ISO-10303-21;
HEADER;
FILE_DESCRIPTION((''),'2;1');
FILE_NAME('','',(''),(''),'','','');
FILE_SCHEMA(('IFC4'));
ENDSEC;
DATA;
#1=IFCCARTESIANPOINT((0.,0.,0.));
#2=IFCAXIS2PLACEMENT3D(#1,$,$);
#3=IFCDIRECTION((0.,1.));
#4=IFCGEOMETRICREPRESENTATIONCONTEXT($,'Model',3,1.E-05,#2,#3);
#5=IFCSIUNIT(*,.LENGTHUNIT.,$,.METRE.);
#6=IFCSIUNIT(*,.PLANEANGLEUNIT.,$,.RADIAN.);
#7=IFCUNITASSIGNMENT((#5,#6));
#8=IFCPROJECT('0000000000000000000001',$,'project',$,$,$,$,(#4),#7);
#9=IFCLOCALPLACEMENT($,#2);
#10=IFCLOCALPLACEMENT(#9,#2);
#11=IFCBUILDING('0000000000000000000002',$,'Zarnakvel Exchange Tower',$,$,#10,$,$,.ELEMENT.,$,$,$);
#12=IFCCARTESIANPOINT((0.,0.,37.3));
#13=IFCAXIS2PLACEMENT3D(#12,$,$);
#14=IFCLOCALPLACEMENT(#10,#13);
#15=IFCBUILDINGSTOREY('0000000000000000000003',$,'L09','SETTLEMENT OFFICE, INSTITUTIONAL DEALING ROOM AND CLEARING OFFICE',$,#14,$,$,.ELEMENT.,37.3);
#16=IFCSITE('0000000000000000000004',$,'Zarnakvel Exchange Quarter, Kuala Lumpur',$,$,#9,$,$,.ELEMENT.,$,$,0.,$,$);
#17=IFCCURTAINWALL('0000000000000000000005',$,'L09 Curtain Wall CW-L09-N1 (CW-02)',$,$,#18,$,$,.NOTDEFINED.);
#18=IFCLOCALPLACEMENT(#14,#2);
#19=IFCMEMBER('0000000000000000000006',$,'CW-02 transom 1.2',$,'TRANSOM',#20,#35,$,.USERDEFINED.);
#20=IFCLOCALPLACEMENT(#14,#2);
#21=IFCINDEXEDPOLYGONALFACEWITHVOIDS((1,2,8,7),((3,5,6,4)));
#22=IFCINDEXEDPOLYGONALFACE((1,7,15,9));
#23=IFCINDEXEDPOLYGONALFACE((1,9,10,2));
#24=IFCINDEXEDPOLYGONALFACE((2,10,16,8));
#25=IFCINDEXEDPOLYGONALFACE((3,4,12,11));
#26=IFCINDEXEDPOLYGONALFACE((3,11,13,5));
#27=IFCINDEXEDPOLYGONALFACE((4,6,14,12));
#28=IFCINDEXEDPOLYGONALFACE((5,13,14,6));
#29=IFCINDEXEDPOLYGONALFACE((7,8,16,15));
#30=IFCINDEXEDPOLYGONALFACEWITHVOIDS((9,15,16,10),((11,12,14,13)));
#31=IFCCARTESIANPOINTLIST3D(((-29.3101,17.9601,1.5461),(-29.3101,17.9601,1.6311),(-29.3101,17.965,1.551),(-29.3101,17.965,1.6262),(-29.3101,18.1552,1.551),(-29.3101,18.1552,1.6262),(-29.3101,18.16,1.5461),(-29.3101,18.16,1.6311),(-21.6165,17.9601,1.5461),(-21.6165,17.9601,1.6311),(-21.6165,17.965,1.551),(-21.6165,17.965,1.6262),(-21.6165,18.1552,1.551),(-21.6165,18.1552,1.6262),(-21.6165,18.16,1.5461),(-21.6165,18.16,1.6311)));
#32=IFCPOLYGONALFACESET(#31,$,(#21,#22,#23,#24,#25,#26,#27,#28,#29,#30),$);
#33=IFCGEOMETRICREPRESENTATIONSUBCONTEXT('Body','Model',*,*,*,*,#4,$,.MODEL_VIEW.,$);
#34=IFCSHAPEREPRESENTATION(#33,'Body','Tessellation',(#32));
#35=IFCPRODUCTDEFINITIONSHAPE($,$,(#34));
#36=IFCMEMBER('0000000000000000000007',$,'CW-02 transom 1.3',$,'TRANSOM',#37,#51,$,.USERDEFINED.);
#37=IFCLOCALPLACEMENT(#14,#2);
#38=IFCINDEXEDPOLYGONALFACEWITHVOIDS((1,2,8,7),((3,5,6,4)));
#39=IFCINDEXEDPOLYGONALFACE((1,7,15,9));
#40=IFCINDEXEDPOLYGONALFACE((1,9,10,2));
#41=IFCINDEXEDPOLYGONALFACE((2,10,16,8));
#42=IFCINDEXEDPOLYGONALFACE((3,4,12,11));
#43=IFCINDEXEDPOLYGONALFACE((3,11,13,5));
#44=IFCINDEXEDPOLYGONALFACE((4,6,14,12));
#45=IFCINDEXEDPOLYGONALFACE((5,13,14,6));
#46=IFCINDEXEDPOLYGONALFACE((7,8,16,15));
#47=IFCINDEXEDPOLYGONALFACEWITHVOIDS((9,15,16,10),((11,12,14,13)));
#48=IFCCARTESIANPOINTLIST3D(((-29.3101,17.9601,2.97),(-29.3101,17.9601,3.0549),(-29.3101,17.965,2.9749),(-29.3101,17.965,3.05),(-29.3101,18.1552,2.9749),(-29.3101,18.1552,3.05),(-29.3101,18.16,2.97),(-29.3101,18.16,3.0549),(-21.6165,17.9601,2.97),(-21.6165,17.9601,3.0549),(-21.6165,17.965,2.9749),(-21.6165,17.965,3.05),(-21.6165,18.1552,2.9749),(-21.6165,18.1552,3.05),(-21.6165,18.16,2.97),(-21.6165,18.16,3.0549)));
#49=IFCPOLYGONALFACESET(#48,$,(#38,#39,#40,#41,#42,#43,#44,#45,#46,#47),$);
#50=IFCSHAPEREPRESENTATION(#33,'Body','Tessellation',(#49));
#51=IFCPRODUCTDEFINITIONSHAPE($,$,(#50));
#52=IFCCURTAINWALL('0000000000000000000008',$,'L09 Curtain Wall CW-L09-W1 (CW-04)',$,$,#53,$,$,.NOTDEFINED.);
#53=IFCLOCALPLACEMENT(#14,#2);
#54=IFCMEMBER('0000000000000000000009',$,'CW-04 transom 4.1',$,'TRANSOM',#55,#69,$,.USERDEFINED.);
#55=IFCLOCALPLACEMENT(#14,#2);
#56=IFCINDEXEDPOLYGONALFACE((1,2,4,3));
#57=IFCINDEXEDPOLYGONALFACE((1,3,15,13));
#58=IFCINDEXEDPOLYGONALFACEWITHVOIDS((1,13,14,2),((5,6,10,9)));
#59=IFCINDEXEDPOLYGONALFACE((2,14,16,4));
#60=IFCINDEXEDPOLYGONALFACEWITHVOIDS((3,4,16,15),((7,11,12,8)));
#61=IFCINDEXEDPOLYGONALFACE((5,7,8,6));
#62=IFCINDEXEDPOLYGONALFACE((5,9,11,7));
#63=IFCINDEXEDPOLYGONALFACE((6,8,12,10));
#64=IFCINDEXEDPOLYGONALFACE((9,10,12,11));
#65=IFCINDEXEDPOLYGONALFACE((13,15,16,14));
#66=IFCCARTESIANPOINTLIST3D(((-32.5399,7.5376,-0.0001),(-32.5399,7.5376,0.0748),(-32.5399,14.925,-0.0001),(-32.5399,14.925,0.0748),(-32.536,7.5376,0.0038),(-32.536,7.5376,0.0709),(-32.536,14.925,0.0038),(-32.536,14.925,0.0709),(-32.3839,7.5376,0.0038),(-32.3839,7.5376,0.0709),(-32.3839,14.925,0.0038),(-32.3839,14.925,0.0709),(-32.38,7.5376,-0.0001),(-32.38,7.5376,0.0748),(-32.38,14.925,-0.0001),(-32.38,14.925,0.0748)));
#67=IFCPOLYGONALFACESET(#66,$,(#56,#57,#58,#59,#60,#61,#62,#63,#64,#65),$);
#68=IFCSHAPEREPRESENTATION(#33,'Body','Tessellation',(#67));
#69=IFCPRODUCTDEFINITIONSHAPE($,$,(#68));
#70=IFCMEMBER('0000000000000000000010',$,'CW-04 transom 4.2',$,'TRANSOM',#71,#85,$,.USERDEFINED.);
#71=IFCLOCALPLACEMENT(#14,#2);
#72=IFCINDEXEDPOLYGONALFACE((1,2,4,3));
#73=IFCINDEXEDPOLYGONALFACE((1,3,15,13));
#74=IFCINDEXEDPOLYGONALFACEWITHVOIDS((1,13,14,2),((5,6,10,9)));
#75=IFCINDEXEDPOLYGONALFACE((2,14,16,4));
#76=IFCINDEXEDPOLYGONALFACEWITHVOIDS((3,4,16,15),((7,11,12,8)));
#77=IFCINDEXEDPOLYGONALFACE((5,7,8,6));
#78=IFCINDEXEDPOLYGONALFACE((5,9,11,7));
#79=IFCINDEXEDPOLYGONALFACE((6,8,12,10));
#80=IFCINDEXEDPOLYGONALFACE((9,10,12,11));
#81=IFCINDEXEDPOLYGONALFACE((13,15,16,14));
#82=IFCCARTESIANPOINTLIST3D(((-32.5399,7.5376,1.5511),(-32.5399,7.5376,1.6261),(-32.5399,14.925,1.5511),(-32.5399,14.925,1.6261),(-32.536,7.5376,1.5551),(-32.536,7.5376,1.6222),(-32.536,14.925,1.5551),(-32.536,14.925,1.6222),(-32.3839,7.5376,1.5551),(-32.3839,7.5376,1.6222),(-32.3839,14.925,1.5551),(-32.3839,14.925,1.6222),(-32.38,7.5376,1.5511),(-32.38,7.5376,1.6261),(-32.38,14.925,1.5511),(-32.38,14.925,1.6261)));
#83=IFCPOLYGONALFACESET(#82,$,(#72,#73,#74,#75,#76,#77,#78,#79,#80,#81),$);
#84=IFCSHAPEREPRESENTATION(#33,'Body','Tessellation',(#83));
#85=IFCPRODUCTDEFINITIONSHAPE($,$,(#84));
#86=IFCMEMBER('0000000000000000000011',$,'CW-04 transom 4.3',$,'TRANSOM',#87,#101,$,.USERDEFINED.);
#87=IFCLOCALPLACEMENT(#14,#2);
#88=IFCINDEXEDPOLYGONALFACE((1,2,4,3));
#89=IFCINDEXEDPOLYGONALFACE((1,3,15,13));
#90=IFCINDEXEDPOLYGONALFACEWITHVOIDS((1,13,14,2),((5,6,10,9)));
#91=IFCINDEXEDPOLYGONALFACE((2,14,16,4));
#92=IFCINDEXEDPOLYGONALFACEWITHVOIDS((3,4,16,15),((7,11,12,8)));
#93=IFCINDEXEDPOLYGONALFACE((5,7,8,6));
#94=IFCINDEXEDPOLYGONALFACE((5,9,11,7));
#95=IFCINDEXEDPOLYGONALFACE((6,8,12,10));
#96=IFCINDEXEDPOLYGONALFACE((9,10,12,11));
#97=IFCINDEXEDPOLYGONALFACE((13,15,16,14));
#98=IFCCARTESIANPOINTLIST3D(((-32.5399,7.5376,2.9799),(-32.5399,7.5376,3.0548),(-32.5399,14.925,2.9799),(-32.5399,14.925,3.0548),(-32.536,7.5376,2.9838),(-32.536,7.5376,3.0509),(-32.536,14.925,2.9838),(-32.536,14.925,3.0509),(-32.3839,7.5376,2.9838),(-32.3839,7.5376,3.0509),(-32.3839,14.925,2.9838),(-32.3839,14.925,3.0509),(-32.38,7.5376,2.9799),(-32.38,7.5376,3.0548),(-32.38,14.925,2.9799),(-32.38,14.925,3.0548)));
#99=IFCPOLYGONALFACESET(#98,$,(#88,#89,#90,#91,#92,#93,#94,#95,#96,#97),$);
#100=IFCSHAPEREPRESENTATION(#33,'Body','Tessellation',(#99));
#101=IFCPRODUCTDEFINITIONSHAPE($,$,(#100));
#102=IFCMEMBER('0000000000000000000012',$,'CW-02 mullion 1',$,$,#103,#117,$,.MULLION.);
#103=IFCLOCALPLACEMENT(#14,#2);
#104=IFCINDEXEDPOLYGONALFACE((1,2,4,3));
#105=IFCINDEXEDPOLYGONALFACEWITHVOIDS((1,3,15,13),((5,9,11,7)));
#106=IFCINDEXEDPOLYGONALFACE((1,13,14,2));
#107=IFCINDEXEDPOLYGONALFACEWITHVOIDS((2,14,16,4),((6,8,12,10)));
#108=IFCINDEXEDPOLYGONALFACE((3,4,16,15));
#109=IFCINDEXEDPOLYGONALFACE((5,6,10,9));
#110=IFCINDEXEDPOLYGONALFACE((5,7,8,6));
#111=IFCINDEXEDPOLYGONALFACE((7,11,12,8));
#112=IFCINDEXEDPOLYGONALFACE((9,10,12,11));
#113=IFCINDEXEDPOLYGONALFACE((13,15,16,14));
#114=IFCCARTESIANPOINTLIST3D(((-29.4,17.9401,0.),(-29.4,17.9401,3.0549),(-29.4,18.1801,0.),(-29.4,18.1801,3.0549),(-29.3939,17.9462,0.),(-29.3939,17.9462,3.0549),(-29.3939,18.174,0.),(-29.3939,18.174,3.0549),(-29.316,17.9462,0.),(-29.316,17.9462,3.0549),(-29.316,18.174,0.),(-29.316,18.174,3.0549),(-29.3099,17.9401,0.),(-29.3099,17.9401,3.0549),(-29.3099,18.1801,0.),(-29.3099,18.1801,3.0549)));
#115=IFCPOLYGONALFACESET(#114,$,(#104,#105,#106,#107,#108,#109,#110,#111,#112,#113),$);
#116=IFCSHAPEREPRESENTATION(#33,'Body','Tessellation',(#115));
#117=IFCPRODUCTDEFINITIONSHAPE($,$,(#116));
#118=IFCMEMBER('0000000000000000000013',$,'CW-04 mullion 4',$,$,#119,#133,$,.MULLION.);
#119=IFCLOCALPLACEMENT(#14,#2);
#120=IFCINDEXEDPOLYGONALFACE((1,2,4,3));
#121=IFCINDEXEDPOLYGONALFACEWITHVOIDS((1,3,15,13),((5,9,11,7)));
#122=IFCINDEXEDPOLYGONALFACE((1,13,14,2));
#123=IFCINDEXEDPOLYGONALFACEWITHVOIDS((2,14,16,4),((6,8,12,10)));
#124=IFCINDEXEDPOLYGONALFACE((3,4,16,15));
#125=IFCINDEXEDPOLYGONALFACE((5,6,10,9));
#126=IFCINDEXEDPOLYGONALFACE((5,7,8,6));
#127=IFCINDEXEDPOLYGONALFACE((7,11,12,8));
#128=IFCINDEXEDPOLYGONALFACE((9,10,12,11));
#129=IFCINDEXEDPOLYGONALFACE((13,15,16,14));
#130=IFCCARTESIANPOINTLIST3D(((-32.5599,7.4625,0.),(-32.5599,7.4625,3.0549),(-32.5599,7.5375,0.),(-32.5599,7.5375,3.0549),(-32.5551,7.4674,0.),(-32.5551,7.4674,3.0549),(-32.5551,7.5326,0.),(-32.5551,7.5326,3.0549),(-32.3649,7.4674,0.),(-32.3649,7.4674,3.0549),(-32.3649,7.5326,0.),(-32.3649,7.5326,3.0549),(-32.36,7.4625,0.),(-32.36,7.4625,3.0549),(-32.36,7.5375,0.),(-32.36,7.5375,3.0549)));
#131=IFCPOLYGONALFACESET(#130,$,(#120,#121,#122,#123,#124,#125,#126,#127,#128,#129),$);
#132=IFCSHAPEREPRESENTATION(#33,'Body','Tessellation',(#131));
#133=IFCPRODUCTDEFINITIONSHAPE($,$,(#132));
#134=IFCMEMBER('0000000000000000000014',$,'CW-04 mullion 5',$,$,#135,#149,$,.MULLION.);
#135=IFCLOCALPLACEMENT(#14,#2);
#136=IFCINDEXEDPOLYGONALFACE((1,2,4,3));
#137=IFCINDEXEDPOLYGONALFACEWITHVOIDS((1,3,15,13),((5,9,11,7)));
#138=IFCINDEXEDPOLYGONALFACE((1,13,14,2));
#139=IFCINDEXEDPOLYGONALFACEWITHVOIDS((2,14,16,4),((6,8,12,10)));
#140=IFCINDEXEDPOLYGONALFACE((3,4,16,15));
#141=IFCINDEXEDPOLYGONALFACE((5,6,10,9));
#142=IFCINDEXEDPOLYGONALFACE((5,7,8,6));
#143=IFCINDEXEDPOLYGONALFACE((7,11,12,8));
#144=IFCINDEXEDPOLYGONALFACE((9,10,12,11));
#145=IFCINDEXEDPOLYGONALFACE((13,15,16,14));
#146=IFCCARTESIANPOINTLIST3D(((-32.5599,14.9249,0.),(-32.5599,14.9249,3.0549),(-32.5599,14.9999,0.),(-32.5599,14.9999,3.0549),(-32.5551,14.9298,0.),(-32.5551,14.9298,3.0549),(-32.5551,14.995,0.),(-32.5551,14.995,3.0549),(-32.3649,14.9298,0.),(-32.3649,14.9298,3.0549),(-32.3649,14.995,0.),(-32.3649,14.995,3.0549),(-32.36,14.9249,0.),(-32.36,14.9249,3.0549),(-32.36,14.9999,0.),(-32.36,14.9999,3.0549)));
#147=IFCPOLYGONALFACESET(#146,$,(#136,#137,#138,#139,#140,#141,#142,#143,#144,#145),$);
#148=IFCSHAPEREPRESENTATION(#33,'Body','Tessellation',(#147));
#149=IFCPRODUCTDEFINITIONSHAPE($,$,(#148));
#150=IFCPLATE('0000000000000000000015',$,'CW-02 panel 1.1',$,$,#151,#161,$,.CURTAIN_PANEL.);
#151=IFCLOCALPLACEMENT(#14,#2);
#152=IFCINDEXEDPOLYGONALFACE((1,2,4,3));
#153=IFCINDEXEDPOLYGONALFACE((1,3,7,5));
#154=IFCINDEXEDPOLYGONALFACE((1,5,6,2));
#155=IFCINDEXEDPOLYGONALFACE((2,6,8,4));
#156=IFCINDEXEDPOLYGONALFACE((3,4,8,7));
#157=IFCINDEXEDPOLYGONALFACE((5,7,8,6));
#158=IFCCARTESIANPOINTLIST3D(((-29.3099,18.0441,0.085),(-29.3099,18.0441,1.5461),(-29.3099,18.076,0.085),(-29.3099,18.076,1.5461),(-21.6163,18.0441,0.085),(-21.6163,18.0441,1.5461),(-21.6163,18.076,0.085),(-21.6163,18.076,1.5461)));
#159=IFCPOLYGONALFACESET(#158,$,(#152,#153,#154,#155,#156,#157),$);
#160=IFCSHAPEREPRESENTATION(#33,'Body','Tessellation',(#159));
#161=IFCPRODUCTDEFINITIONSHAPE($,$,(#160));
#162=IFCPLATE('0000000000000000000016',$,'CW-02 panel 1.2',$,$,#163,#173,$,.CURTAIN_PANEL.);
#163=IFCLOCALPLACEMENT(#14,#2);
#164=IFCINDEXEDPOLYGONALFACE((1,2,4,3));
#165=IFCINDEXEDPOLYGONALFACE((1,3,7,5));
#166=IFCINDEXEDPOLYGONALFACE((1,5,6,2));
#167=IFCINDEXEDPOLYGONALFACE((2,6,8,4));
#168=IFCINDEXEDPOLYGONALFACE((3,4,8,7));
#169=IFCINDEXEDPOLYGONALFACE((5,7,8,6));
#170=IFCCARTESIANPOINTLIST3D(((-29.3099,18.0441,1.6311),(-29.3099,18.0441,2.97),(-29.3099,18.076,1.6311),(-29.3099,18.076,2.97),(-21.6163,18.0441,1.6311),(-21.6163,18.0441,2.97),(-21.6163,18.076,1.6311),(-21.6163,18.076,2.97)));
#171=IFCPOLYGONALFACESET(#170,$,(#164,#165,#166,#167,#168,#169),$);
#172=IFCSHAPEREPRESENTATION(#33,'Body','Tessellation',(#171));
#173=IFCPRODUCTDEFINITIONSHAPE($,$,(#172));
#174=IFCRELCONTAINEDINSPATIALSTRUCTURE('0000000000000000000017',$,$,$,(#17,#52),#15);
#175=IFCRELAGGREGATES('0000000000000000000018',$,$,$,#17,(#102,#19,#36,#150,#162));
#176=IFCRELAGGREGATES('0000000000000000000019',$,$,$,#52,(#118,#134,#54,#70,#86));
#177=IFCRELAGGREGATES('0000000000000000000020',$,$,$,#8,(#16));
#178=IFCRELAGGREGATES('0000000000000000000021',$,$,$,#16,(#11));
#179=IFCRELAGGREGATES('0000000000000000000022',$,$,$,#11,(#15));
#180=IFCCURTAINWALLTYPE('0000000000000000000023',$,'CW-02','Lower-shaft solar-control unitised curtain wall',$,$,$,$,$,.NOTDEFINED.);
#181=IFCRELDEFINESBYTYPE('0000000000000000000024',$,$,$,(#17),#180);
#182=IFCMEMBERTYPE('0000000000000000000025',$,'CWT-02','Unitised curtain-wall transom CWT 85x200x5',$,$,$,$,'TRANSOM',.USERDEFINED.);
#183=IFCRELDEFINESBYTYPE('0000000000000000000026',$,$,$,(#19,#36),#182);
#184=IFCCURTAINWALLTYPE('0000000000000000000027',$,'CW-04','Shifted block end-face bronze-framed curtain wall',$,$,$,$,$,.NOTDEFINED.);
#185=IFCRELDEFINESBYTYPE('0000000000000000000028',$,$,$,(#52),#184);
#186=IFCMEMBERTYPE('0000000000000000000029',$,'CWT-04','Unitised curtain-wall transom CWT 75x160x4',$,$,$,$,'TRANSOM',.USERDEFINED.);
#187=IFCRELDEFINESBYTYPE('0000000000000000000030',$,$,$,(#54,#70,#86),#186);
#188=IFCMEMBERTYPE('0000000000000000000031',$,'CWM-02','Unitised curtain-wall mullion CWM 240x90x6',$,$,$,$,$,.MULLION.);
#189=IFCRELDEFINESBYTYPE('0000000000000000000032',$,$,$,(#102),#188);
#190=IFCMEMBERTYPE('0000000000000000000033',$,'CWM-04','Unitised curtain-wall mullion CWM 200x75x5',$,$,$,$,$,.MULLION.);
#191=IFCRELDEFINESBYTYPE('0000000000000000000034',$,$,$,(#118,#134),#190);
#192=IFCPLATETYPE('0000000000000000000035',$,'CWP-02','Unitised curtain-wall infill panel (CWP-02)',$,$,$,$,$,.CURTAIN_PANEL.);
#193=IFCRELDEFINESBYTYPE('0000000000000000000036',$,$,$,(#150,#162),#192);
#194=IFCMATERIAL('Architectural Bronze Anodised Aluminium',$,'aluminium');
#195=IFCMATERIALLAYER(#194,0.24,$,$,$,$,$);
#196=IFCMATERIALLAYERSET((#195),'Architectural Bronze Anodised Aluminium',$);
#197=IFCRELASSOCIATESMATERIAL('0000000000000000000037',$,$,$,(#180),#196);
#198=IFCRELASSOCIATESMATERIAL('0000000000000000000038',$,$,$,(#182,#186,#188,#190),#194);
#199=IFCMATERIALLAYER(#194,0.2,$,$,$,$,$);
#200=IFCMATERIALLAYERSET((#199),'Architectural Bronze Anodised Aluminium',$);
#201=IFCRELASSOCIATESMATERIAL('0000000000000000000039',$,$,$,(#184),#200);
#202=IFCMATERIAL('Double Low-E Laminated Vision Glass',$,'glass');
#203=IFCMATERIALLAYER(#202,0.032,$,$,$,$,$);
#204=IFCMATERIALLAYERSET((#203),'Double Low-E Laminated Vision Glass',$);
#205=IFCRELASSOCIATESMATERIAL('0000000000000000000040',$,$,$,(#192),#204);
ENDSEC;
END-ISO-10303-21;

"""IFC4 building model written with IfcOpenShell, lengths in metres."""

from ifc_helpers import new_model, si_unit, direction, frame, origin, origin_2d, place, context, subcontext, project, spatial, rectangle, hollow_rectangle, extrude, source, transform, mapped, material, layer, layer_set, material_profile, profile_set, type_object, element, aggregate, save


model = new_model("IFC4")

# Units and contexts
model_context = context("Model", 3, precision=1e-05, world=origin(), true_north=direction((0.0, 1.0)))
body_context = subcontext(model_context, "Body", "Model", "MODEL_VIEW")
ifc_project = project(units=[si_unit("LENGTHUNIT", "METRE"), si_unit("PLANEANGLEUNIT", "RADIAN")], contexts=[model_context])

# Site, building, storey
site_placement = place(None, origin())
site = spatial("IfcSite", under=ifc_project, at=site_placement, Name="Zarnakvel Exchange Quarter, Kuala Lumpur", CompositionType="ELEMENT", RefElevation=0.0)
building_placement = place(site_placement, origin())
building = spatial("IfcBuilding", under=site, at=building_placement, Name="Zarnakvel Exchange Tower", CompositionType="ELEMENT")
storey_placement = place(building_placement, frame((0.0, 0.0, 37.3)))
storey = spatial("IfcBuildingStorey", under=building, at=storey_placement, Name="L09", Description="SETTLEMENT OFFICE, INSTITUTIONAL DEALING ROOM AND CLEARING OFFICE", CompositionType="ELEMENT", Elevation=37.3)

# Curtain walls, members
ifc_material_1 = material(Name="Architectural Bronze Anodised Aluminium", Category="aluminium")
ifc_layer_1 = layer(ifc_material_1, 0.24)
ifc_layer_set_1 = layer_set([ifc_layer_1], Name="Architectural Bronze Anodised Aluminium")
curtain_wall_type_1 = type_object("IfcCurtainWallType", Name="CW-02", Description="Lower-shaft solar-control unitised curtain wall", PredefinedType="NOTDEFINED", material=ifc_layer_set_1)
curtain_wall_1_placement = place(storey_placement, origin())
curtain_wall_1 = element("IfcCurtainWall", 1, at=curtain_wall_1_placement, inside=storey, type_object=curtain_wall_type_1, Name="L09 Curtain Wall CW-L09-N1 (CW-02)", PredefinedType="NOTDEFINED")
ifc_material_profile_1 = material_profile(ifc_material_1, hollow_rectangle(XDim=0.2, YDim=0.085, WallThickness=0.0049, at=origin_2d()))
ifc_profile_set_1 = profile_set([ifc_material_profile_1], Name="Architectural Bronze Anodised Aluminium")
member_type_1 = type_object("IfcMemberType", Name="CWT-02", Description="Unitised curtain-wall transom CWT 85x200x5", ElementType="TRANSOM", PredefinedType="USERDEFINED", material=ifc_profile_set_1)
shared_shape_1 = source(origin(), body_context, "Body", "SweptSolid", [
    extrude(hollow_rectangle(XDim=0.2, YDim=0.085, WallThickness=0.0049, at=origin_2d()), origin(), (0.0, 0.0, 1.0), 7.6936),
])
member_1_placement = place(storey_placement, frame((-29.3101, 18.0601, 1.5886), z_axis=(1.0, 0.0, 0.0), x_axis=(0.0, 1.0, 0.0)))
member_1 = element("IfcMember", 2, at=member_1_placement, type_object=member_type_1, Name="CW-02 transom 1.2", ObjectType="TRANSOM", PredefinedType="USERDEFINED", context=body_context, shape_type="MappedRepresentation", body=[
    mapped(shared_shape_1, transform((0.0, 0.0, 0.0), x_axis=(1.0, 0.0, 0.0), y_axis=(0.0, 1.0, 0.0), z_axis=(0.0, 0.0, 1.0), scale=1.0)),
])
member_2_placement = place(storey_placement, frame((-29.3101, 18.0601, 3.0125), z_axis=(1.0, 0.0, 0.0), x_axis=(0.0, 1.0, 0.0)))
member_2 = element("IfcMember", 3, at=member_2_placement, type_object=member_type_1, Name="CW-02 transom 1.3", ObjectType="TRANSOM", PredefinedType="USERDEFINED", context=body_context, shape_type="MappedRepresentation", body=[
    mapped(shared_shape_1, transform((0.0, 0.0, 0.0), x_axis=(1.0, 0.0, 0.0), y_axis=(0.0, 1.0, 0.0), z_axis=(0.0, 0.0, 1.0), scale=1.0)),
])
ifc_layer_2 = layer(ifc_material_1, 0.2)
ifc_layer_set_2 = layer_set([ifc_layer_2], Name="Architectural Bronze Anodised Aluminium")
curtain_wall_type_2 = type_object("IfcCurtainWallType", Name="CW-04", Description="Shifted block end-face bronze-framed curtain wall", PredefinedType="NOTDEFINED", material=ifc_layer_set_2)
curtain_wall_2_placement = place(storey_placement, origin())
curtain_wall_2 = element("IfcCurtainWall", 4, at=curtain_wall_2_placement, inside=storey, type_object=curtain_wall_type_2, Name="L09 Curtain Wall CW-L09-W1 (CW-04)", PredefinedType="NOTDEFINED")
ifc_material_profile_2 = material_profile(ifc_material_1, hollow_rectangle(XDim=0.1599, YDim=0.075, WallThickness=0.0039, at=origin_2d()))
ifc_profile_set_2 = profile_set([ifc_material_profile_2], Name="Architectural Bronze Anodised Aluminium")
member_type_2 = type_object("IfcMemberType", Name="CWT-04", Description="Unitised curtain-wall transom CWT 75x160x4", ElementType="TRANSOM", PredefinedType="USERDEFINED", material=ifc_profile_set_2)
shared_shape_2 = source(origin(), body_context, "Body", "SweptSolid", [
    extrude(hollow_rectangle(XDim=0.1599, YDim=0.075, WallThickness=0.0039, at=origin_2d()), origin(), (0.0, 0.0, 1.0), 7.3875),
])
member_3_placement = place(storey_placement, frame((-32.46, 7.5376, 0.0374), z_axis=(0.0, 1.0, 0.0), x_axis=(-1.0, 0.0, 0.0)))
member_3 = element("IfcMember", 5, at=member_3_placement, type_object=member_type_2, Name="CW-04 transom 4.1", ObjectType="TRANSOM", PredefinedType="USERDEFINED", context=body_context, shape_type="MappedRepresentation", body=[
    mapped(shared_shape_2, transform((0.0, 0.0, 0.0), x_axis=(1.0, 0.0, 0.0), y_axis=(0.0, 1.0, 0.0), z_axis=(0.0, 0.0, 1.0), scale=1.0)),
])
member_4_placement = place(storey_placement, frame((-32.46, 7.5376, 1.5886), z_axis=(0.0, 1.0, 0.0), x_axis=(-1.0, 0.0, 0.0)))
member_4 = element("IfcMember", 6, at=member_4_placement, type_object=member_type_2, Name="CW-04 transom 4.2", ObjectType="TRANSOM", PredefinedType="USERDEFINED", context=body_context, shape_type="MappedRepresentation", body=[
    mapped(shared_shape_2, transform((0.0, 0.0, 0.0), x_axis=(1.0, 0.0, 0.0), y_axis=(0.0, 1.0, 0.0), z_axis=(0.0, 0.0, 1.0), scale=1.0)),
])
member_5_placement = place(storey_placement, frame((-32.46, 7.5376, 3.0173), z_axis=(0.0, 1.0, 0.0), x_axis=(-1.0, 0.0, 0.0)))
member_5 = element("IfcMember", 7, at=member_5_placement, type_object=member_type_2, Name="CW-04 transom 4.3", ObjectType="TRANSOM", PredefinedType="USERDEFINED", context=body_context, shape_type="MappedRepresentation", body=[
    mapped(shared_shape_2, transform((0.0, 0.0, 0.0), x_axis=(1.0, 0.0, 0.0), y_axis=(0.0, 1.0, 0.0), z_axis=(0.0, 0.0, 1.0), scale=1.0)),
])

# Members
ifc_material_profile_3 = material_profile(ifc_material_1, hollow_rectangle(XDim=0.24, YDim=0.0901, WallThickness=0.0061, at=origin_2d()))
ifc_profile_set_3 = profile_set([ifc_material_profile_3], Name="Architectural Bronze Anodised Aluminium")
member_type_3 = type_object("IfcMemberType", Name="CWM-02", Description="Unitised curtain-wall mullion CWM 240x90x6", PredefinedType="MULLION", material=ifc_profile_set_3)
shared_shape_3 = source(origin(), body_context, "Body", "SweptSolid", [
    extrude(hollow_rectangle(XDim=0.24, YDim=0.0901, WallThickness=0.0061, at=origin_2d()), origin(), (0.0, 0.0, 1.0), 3.0549),
])
member_6_placement = place(storey_placement, frame((-29.355, 18.0601, 0.0), z_axis=(0.0, 0.0, 1.0), x_axis=(0.0, 1.0, 0.0)))
member_6 = element("IfcMember", 8, at=member_6_placement, type_object=member_type_3, Name="CW-02 mullion 1", PredefinedType="MULLION", context=body_context, shape_type="MappedRepresentation", body=[
    mapped(shared_shape_3, transform((0.0, 0.0, 0.0), x_axis=(1.0, 0.0, 0.0), y_axis=(0.0, 1.0, 0.0), z_axis=(0.0, 0.0, 1.0), scale=1.0)),
])
ifc_material_profile_4 = material_profile(ifc_material_1, hollow_rectangle(XDim=0.2, YDim=0.075, WallThickness=0.0049, at=origin_2d()))
ifc_profile_set_4 = profile_set([ifc_material_profile_4], Name="Architectural Bronze Anodised Aluminium")
member_type_4 = type_object("IfcMemberType", Name="CWM-04", Description="Unitised curtain-wall mullion CWM 200x75x5", PredefinedType="MULLION", material=ifc_profile_set_4)
shared_shape_4 = source(origin(), body_context, "Body", "SweptSolid", [
    extrude(hollow_rectangle(XDim=0.2, YDim=0.075, WallThickness=0.0049, at=origin_2d()), origin(), (0.0, 0.0, 1.0), 3.0549),
])
member_7_placement = place(storey_placement, frame((-32.46, 7.5, 0.0), z_axis=(0.0, 0.0, 1.0), x_axis=(-1.0, 0.0, 0.0)))
member_7 = element("IfcMember", 9, at=member_7_placement, type_object=member_type_4, Name="CW-04 mullion 4", PredefinedType="MULLION", context=body_context, shape_type="MappedRepresentation", body=[
    mapped(shared_shape_4, transform((0.0, 0.0, 0.0), x_axis=(1.0, 0.0, 0.0), y_axis=(0.0, 1.0, 0.0), z_axis=(0.0, 0.0, 1.0), scale=1.0)),
])
member_8_placement = place(storey_placement, frame((-32.46, 14.9624, 0.0), z_axis=(0.0, 0.0, 1.0), x_axis=(-1.0, 0.0, 0.0)))
member_8 = element("IfcMember", 10, at=member_8_placement, type_object=member_type_4, Name="CW-04 mullion 5", PredefinedType="MULLION", context=body_context, shape_type="MappedRepresentation", body=[
    mapped(shared_shape_4, transform((0.0, 0.0, 0.0), x_axis=(1.0, 0.0, 0.0), y_axis=(0.0, 1.0, 0.0), z_axis=(0.0, 0.0, 1.0), scale=1.0)),
])

# Plates
ifc_material_2 = material(Name="Double Low-E Laminated Vision Glass", Category="glass")
ifc_layer_3 = layer(ifc_material_2, 0.032)
ifc_layer_set_3 = layer_set([ifc_layer_3], Name="Double Low-E Laminated Vision Glass")
plate_type_1 = type_object("IfcPlateType", Name="CWP-02", Description="Unitised curtain-wall infill panel (CWP-02)", PredefinedType="CURTAIN_PANEL", material=ifc_layer_set_3)
shared_shape_5 = source(origin(), body_context, "Body", "SweptSolid", [
    extrude(rectangle(XDim=7.6936, YDim=0.032, at=origin_2d()), origin(), (0.0, 0.0, 1.0), 1.4612),
])
plate_1_placement = place(storey_placement, frame((-25.4631, 18.0601, 0.085), z_axis=(0.0, 0.0, 1.0), x_axis=(1.0, 0.0, 0.0)))
plate_1 = element("IfcPlate", 11, at=plate_1_placement, type_object=plate_type_1, Name="CW-02 panel 1.1", PredefinedType="CURTAIN_PANEL", context=body_context, shape_type="MappedRepresentation", body=[
    mapped(shared_shape_5, transform((0.0, 0.0, 0.0), x_axis=(1.0, 0.0, 0.0), y_axis=(0.0, 1.0, 0.0), z_axis=(0.0, 0.0, 1.0), scale=1.0)),
])
shared_shape_6 = source(origin(), body_context, "Body", "SweptSolid", [
    extrude(rectangle(XDim=7.6936, YDim=0.032, at=origin_2d()), origin(), (0.0, 0.0, 1.0), 1.3389),
])
plate_2_placement = place(storey_placement, frame((-25.4631, 18.0601, 1.6311), z_axis=(0.0, 0.0, 1.0), x_axis=(1.0, 0.0, 0.0)))
plate_2 = element("IfcPlate", 12, at=plate_2_placement, type_object=plate_type_1, Name="CW-02 panel 1.2", PredefinedType="CURTAIN_PANEL", context=body_context, shape_type="MappedRepresentation", body=[
    mapped(shared_shape_6, transform((0.0, 0.0, 0.0), x_axis=(1.0, 0.0, 0.0), y_axis=(0.0, 1.0, 0.0), z_axis=(0.0, 0.0, 1.0), scale=1.0)),
])
aggregate(curtain_wall_1, [member_6, member_1, member_2, plate_1, plate_2])
aggregate(curtain_wall_2, [member_7, member_8, member_3, member_4, member_5])

save(model, "model.ifc")
